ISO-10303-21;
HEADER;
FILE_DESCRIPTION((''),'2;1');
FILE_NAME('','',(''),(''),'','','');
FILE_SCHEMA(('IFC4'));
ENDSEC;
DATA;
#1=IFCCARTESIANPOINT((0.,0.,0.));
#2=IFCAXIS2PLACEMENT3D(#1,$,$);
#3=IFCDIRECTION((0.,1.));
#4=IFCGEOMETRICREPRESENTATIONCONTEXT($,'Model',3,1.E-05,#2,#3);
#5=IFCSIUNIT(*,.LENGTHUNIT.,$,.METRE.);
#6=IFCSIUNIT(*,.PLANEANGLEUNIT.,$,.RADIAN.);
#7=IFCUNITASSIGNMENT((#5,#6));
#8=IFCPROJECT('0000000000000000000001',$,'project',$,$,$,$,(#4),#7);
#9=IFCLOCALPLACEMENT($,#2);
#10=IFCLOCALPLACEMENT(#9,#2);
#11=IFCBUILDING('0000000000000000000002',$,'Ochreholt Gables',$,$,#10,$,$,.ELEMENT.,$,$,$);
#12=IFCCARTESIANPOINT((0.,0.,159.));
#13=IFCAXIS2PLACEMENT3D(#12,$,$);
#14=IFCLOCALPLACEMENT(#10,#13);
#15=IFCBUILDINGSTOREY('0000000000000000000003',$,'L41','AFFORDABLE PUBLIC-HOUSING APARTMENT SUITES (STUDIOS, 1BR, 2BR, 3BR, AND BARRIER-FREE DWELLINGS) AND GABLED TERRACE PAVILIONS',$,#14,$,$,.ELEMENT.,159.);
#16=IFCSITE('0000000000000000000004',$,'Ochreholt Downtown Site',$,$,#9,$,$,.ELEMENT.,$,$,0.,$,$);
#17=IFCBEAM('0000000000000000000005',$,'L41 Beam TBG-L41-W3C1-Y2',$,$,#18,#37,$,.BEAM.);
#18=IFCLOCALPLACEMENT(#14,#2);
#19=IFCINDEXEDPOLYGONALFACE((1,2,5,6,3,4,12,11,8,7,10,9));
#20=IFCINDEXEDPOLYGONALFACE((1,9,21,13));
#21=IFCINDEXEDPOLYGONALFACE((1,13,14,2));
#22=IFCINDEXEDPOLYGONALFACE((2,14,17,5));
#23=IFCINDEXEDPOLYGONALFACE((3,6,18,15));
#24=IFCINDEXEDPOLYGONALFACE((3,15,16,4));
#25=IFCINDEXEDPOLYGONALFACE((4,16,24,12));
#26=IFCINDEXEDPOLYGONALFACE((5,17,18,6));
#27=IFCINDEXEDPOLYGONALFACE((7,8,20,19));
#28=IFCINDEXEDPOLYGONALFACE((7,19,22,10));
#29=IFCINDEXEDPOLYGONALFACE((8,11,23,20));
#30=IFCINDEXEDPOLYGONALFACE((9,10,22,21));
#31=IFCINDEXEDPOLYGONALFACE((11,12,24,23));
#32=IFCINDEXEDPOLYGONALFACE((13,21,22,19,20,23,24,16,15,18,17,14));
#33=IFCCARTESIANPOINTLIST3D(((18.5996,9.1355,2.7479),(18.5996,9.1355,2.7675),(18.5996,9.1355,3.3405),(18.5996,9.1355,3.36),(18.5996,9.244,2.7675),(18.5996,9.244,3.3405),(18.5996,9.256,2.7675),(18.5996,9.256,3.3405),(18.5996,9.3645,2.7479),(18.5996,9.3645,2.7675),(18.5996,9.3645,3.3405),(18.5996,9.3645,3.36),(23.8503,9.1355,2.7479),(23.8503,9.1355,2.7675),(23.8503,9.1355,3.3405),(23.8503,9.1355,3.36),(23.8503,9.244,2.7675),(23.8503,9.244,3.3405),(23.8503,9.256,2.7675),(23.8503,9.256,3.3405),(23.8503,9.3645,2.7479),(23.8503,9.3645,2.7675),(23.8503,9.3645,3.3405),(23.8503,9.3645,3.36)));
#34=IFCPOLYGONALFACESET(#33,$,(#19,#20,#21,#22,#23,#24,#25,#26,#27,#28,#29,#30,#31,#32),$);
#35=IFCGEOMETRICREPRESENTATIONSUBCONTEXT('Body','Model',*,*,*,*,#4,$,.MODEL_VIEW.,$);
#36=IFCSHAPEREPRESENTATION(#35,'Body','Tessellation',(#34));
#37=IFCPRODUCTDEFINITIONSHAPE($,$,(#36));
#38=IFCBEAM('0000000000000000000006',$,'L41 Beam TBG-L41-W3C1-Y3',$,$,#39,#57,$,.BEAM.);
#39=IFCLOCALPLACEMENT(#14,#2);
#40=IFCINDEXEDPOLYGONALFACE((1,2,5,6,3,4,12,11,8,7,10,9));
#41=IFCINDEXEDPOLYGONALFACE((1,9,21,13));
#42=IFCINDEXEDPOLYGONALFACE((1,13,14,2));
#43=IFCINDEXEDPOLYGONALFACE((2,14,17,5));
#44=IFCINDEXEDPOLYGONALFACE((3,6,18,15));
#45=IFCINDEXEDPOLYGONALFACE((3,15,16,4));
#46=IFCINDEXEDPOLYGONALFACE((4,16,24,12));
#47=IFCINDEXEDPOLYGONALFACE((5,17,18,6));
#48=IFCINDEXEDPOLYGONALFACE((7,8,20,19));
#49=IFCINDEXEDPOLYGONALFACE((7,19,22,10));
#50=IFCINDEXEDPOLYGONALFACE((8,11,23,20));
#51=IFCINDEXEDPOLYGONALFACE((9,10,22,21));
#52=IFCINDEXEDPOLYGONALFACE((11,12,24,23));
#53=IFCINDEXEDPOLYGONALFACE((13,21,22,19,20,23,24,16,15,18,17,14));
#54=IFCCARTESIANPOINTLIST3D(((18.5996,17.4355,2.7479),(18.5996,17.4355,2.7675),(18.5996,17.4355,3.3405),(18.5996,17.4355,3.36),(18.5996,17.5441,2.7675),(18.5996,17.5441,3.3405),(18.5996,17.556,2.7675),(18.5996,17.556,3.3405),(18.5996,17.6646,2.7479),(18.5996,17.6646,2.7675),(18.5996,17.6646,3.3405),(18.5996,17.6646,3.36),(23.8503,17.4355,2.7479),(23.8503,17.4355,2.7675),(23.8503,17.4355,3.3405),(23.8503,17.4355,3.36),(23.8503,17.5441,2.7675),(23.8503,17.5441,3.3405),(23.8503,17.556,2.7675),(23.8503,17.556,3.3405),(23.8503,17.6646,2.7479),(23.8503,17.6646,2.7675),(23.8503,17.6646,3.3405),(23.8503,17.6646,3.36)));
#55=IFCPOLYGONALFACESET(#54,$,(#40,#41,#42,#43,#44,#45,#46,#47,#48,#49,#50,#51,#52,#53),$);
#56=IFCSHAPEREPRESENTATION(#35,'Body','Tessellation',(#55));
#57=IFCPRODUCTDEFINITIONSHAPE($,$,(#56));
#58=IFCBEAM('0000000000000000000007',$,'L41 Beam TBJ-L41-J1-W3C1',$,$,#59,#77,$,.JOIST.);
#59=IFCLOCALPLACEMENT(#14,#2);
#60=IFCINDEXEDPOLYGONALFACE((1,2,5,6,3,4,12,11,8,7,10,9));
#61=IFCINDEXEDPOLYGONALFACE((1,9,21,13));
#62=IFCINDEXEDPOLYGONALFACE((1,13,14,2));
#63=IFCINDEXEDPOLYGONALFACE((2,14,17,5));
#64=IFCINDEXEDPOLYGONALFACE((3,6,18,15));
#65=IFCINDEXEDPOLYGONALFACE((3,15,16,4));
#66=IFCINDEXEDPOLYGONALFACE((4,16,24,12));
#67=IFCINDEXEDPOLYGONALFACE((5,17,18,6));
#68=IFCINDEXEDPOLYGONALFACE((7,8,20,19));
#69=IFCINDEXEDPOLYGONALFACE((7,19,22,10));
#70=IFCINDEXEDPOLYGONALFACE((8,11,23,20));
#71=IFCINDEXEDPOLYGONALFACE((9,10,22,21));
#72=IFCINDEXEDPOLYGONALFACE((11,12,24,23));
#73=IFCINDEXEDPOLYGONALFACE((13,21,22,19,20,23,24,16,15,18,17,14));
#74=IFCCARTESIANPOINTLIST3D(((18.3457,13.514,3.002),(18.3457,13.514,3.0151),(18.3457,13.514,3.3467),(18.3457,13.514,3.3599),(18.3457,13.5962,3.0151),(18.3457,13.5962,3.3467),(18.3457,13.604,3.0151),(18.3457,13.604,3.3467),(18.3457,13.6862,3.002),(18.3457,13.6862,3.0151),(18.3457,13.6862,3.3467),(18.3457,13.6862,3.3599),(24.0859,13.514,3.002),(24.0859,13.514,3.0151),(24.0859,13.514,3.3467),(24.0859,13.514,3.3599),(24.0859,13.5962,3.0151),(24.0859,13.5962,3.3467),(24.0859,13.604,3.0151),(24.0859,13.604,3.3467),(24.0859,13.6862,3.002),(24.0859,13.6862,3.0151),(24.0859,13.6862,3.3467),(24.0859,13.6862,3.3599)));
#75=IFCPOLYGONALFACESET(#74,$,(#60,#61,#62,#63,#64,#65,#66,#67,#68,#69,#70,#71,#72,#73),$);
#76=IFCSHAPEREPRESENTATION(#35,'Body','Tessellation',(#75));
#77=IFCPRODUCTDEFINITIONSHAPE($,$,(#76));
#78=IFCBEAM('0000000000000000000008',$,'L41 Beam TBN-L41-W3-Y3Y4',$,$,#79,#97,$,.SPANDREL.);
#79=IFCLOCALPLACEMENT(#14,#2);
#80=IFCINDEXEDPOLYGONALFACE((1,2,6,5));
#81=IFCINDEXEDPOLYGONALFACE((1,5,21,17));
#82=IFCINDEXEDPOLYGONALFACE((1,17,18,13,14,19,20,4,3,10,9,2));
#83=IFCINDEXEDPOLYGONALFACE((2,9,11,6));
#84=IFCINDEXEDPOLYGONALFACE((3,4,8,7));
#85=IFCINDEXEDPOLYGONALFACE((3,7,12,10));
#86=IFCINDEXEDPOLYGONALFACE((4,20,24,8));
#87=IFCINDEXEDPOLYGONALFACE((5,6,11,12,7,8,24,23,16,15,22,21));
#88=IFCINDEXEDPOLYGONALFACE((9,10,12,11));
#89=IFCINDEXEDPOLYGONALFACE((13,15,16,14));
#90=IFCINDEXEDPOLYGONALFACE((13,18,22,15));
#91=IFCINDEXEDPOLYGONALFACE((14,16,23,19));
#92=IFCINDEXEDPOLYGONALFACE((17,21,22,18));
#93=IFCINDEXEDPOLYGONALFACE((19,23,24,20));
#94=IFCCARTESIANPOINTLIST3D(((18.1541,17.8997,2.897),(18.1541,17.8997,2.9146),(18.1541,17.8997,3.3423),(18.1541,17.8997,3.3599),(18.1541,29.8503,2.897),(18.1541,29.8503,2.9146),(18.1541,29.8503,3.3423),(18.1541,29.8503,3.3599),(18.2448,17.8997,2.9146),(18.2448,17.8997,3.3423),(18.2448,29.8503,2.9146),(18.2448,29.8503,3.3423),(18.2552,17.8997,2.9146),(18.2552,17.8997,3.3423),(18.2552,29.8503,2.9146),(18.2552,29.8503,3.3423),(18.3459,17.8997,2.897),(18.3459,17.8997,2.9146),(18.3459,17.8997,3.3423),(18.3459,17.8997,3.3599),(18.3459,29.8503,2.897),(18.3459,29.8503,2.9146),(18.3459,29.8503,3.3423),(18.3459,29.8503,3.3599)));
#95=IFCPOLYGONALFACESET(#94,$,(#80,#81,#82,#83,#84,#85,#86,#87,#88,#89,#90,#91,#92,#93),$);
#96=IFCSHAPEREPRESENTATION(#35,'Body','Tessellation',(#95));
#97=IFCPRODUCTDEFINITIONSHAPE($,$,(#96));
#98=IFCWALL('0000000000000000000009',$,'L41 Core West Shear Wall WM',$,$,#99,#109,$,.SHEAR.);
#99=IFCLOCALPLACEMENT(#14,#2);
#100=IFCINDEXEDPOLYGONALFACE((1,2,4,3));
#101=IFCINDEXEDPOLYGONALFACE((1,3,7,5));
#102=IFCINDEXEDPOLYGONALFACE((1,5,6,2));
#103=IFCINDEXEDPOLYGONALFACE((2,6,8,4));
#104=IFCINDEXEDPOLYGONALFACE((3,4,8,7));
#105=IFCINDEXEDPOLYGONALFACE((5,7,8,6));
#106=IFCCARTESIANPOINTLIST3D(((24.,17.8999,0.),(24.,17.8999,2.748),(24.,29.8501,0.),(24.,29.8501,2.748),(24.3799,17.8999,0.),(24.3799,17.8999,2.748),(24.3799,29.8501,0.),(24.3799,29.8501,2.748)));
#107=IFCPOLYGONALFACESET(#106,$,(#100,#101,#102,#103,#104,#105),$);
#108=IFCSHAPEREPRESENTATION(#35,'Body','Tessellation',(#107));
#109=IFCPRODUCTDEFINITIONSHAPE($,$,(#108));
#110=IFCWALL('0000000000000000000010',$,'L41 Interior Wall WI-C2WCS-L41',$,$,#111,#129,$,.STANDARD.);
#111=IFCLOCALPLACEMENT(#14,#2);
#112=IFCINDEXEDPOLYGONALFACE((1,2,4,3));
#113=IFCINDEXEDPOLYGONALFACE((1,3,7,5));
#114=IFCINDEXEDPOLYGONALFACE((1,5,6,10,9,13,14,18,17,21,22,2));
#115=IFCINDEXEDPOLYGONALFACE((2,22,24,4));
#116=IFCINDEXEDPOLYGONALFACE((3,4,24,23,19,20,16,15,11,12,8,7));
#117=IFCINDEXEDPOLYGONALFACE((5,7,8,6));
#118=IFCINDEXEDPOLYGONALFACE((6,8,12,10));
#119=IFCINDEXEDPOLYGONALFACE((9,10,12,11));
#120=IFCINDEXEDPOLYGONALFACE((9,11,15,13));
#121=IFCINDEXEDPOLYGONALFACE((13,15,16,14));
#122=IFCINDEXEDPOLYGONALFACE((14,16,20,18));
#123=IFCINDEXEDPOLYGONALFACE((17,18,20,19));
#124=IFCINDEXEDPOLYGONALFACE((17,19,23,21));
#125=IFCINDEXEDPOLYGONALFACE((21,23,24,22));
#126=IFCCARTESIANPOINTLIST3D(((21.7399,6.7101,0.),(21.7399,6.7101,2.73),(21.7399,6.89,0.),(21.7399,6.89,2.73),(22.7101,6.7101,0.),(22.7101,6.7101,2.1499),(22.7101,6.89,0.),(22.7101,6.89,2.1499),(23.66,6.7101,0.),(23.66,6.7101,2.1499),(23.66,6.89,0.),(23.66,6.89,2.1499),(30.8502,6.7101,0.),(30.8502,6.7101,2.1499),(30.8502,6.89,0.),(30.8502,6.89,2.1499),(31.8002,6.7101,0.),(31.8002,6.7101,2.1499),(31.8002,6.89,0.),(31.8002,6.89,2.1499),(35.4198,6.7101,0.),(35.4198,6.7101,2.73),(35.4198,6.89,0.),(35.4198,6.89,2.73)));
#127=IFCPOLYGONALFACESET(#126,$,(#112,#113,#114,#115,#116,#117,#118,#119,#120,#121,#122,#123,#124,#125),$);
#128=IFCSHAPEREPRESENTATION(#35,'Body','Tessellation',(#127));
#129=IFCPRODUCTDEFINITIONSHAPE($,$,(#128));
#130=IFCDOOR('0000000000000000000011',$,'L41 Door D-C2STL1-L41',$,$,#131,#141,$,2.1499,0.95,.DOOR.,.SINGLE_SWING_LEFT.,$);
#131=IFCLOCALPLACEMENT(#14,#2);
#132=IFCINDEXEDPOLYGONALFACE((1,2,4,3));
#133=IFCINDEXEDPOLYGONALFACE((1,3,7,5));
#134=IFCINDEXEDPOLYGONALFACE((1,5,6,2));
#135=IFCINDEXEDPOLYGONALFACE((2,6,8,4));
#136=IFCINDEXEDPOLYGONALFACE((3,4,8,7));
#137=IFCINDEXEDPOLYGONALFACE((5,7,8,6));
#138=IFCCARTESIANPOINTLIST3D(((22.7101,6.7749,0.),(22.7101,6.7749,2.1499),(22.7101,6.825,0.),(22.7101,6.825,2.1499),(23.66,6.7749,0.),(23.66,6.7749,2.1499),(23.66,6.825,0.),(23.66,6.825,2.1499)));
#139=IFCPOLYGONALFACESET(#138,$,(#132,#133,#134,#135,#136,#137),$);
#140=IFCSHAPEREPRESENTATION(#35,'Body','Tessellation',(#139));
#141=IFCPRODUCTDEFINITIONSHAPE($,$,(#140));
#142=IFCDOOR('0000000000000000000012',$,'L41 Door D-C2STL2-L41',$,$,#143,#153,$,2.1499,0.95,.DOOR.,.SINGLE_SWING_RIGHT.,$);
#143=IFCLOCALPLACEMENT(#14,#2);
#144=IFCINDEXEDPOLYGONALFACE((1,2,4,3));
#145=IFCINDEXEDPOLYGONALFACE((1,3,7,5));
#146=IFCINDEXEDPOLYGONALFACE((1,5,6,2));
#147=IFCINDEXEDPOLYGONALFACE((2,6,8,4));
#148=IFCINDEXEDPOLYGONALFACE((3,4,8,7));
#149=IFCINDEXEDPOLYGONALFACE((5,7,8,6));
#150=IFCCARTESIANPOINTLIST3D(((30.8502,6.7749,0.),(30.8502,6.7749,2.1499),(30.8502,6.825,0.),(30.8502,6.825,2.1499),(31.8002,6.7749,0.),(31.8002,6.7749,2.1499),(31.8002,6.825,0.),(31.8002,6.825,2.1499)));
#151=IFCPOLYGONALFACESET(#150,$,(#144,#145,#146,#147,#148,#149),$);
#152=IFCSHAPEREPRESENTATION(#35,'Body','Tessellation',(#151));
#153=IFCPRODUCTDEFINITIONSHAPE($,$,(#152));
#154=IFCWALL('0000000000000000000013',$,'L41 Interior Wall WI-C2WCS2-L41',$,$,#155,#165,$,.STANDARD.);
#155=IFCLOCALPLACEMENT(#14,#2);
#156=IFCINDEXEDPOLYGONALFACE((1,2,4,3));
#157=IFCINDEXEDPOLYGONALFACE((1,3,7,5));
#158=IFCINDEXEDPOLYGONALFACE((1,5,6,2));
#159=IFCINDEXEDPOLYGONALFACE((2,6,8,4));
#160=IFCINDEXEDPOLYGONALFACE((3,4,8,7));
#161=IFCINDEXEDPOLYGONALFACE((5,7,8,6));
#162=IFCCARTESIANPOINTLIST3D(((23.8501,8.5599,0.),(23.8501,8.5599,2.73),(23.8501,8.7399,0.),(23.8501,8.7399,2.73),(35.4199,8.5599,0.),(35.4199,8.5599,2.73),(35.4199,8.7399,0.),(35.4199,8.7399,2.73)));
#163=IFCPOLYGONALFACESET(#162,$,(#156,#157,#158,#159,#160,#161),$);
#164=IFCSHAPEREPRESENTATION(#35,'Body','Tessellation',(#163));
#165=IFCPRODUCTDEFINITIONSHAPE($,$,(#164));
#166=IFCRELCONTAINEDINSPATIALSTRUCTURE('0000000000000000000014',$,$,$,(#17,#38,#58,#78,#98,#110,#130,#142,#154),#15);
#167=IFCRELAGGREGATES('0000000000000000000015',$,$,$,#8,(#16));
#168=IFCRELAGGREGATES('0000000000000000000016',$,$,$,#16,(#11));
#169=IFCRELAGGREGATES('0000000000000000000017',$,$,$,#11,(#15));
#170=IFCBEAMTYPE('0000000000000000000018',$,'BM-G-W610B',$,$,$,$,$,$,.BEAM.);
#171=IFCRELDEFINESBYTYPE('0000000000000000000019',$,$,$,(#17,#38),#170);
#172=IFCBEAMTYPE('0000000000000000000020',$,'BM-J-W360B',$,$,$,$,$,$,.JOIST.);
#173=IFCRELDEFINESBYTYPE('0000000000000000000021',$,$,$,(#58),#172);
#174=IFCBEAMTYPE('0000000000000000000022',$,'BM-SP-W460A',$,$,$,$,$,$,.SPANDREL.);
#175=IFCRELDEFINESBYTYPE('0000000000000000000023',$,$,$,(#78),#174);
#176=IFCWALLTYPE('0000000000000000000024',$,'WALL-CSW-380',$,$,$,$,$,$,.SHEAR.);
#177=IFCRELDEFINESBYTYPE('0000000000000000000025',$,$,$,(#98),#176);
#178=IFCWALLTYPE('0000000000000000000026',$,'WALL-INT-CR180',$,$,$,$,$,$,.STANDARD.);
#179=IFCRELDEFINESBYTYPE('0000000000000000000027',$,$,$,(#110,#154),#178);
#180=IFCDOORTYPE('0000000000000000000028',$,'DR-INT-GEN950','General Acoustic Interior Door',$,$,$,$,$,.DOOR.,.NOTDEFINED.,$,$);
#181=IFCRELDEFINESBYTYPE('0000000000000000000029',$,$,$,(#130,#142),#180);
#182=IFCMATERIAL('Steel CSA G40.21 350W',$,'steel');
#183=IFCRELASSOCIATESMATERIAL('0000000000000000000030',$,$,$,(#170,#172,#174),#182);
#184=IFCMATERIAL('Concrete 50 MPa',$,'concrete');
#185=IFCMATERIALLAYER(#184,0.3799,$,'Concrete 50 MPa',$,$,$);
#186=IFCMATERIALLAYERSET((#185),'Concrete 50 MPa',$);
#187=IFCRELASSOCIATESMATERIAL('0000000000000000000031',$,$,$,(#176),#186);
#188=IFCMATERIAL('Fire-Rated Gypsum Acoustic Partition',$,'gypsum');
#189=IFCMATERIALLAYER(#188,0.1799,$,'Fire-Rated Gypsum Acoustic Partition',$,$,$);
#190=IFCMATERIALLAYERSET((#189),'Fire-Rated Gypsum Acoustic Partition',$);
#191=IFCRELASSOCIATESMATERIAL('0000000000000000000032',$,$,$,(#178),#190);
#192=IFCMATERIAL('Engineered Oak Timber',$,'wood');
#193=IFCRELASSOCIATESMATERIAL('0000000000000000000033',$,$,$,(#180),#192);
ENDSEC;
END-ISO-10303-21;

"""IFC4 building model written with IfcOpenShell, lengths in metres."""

from ifc_helpers import new_model, si_unit, direction, frame, frame_2d, origin, origin_2d, place, context, subcontext, project, spatial, rectangle, i_section, extrude, material, layer, layer_set, material_profile, profile_set, type_object, element, fill, save


model = new_model("IFC4")

# Units and contexts
model_context = context("Model", 3, precision=1e-05, world=origin(), true_north=direction((0.0, 1.0)))
body_context = subcontext(model_context, "Body", "Model", "MODEL_VIEW")
ifc_project = project(units=[si_unit("LENGTHUNIT", "METRE"), si_unit("PLANEANGLEUNIT", "RADIAN")], contexts=[model_context])

# Site, building, storey
site_placement = place(None, origin())
site = spatial("IfcSite", under=ifc_project, at=site_placement, Name="Ochreholt Downtown Site", CompositionType="ELEMENT", RefElevation=0.0)
building_placement = place(site_placement, origin())
building = spatial("IfcBuilding", under=site, at=building_placement, Name="Ochreholt Gables", CompositionType="ELEMENT")
storey_placement = place(building_placement, frame((0.0, 0.0, 159.0)))
storey = spatial("IfcBuildingStorey", under=building, at=storey_placement, Name="L41", Description="AFFORDABLE PUBLIC-HOUSING APARTMENT SUITES (STUDIOS, 1BR, 2BR, 3BR, AND BARRIER-FREE DWELLINGS) AND GABLED TERRACE PAVILIONS", CompositionType="ELEMENT", Elevation=159.0)

# Beams
ifc_material_1 = material(Name="Steel CSA G40.21 350W", Category="steel")
ifc_material_profile_1 = material_profile(ifc_material_1, i_section(OverallWidth=0.229, OverallDepth=0.6121, WebThickness=0.012, FlangeThickness=0.0195, at=origin_2d()), Name="W610X125")
ifc_profile_set_1 = profile_set([ifc_material_profile_1], Name="Steel CSA G40.21 350W")
beam_type_1 = type_object("IfcBeamType", Name="BM-G-W610B", PredefinedType="BEAM", material=ifc_profile_set_1)
for number, where, z_axis, x_axis, name in (
    (1, (18.5996, 9.25, 3.054), (1.0, 0.0, 0.0), (0.0, 1.0, 0.0), "L41 Beam TBG-L41-W3C1-Y2"),
    (2, (18.5996, 17.55, 3.054), (1.0, 0.0, 0.0), (0.0, 1.0, 0.0), "L41 Beam TBG-L41-W3C1-Y3"),
):
    element("IfcBeam", number, at=place(storey_placement, frame(where, z_axis=z_axis, x_axis=x_axis)), inside=storey, type_object=beam_type_1, Name=name, PredefinedType="BEAM", context=body_context, shape_type="SweptSolid", body=[
        extrude(i_section(OverallWidth=0.229, OverallDepth=0.6121, WebThickness=0.012, FlangeThickness=0.0195, at=origin_2d()), origin(), (0.0, 0.0, 1.0), 5.2507),
    ])
ifc_material_profile_2 = material_profile(ifc_material_1, i_section(OverallWidth=0.1721, OverallDepth=0.3579, WebThickness=0.0078, FlangeThickness=0.0132, at=origin_2d()), Name="W360X57")
ifc_profile_set_2 = profile_set([ifc_material_profile_2], Name="Steel CSA G40.21 350W")
beam_type_2 = type_object("IfcBeamType", Name="BM-J-W360B", PredefinedType="JOIST", material=ifc_profile_set_2)
beam_1_placement = place(storey_placement, frame((18.3457, 13.6001, 3.1809), z_axis=(1.0, 0.0, 0.0), x_axis=(0.0, 1.0, 0.0)))
element("IfcBeam", 3, at=beam_1_placement, inside=storey, type_object=beam_type_2, Name="L41 Beam TBJ-L41-J1-W3C1", PredefinedType="JOIST", context=body_context, shape_type="SweptSolid", body=[
    extrude(i_section(OverallWidth=0.1721, OverallDepth=0.3579, WebThickness=0.0078, FlangeThickness=0.0132, at=origin_2d()), origin(), (0.0, 0.0, 1.0), 5.7402),
])
ifc_material_profile_3 = material_profile(ifc_material_1, i_section(OverallWidth=0.1919, OverallDepth=0.4629, WebThickness=0.0105, FlangeThickness=0.0176, at=origin_2d()), Name="W460X89")
ifc_profile_set_3 = profile_set([ifc_material_profile_3], Name="Steel CSA G40.21 350W")
beam_type_3 = type_object("IfcBeamType", Name="BM-SP-W460A", PredefinedType="SPANDREL", material=ifc_profile_set_3)
beam_2_placement = place(storey_placement, frame((18.25, 17.8997, 3.1284), z_axis=(0.0, 1.0, 0.0), x_axis=(-1.0, 0.0, 0.0)))
element("IfcBeam", 4, at=beam_2_placement, inside=storey, type_object=beam_type_3, Name="L41 Beam TBN-L41-W3-Y3Y4", PredefinedType="SPANDREL", context=body_context, shape_type="SweptSolid", body=[
    extrude(i_section(OverallWidth=0.1919, OverallDepth=0.4629, WebThickness=0.0105, FlangeThickness=0.0176, at=origin_2d()), origin(), (0.0, 0.0, 1.0), 11.9507),
])

# Wall
ifc_material_2 = material(Name="Concrete 50 MPa", Category="concrete")
ifc_layer_1 = layer(ifc_material_2, 0.3799, Name="Concrete 50 MPa")
ifc_layer_set_1 = layer_set([ifc_layer_1], Name="Concrete 50 MPa")
wall_type_1 = type_object("IfcWallType", Name="WALL-CSW-380", PredefinedType="SHEAR", material=ifc_layer_set_1)
wall_1_placement = place(storey_placement, frame((24.1899, 17.8999, 0.0), z_axis=(0.0, 0.0, 1.0), x_axis=(0.0, 1.0, 0.0)))
element("IfcWall", 5, at=wall_1_placement, inside=storey, type_object=wall_type_1, Name="L41 Core West Shear Wall WM", PredefinedType="SHEAR", context=body_context, shape_type="SweptSolid", body=[
    extrude(rectangle(XDim=11.9502, YDim=0.3799, at=frame_2d((5.9751, 0.0))), origin(), (0.0, 0.0, 1.0), 2.748),
])

# Wall, openings, doors
ifc_material_3 = material(Name="Fire-Rated Gypsum Acoustic Partition", Category="gypsum")
ifc_layer_2 = layer(ifc_material_3, 0.1799, Name="Fire-Rated Gypsum Acoustic Partition")
ifc_layer_set_2 = layer_set([ifc_layer_2], Name="Fire-Rated Gypsum Acoustic Partition")
wall_type_2 = type_object("IfcWallType", Name="WALL-INT-CR180", PredefinedType="STANDARD", material=ifc_layer_set_2)
wall_2_placement = place(storey_placement, frame((21.74, 6.8, 0.0), z_axis=(0.0, 0.0, 1.0), x_axis=(1.0, 0.0, 0.0)))
wall_2 = element("IfcWall", 6, at=wall_2_placement, inside=storey, type_object=wall_type_2, Name="L41 Interior Wall WI-C2WCS-L41", PredefinedType="STANDARD", context=body_context, shape_type="SweptSolid", body=[
    extrude(rectangle(XDim=13.6799, YDim=0.1799, at=frame_2d((6.8398, 0.0))), origin(), (0.0, 0.0, 1.0), 2.73),
])
opening_1_placement = place(wall_2_placement, frame((0.97, 0.0, 0.0)))
opening_1 = element("IfcOpeningElement", 7, at=opening_1_placement, cuts=wall_2, PredefinedType="OPENING", context=body_context, shape_type="SweptSolid", body=[
    extrude(rectangle(XDim=0.95, YDim=2.1499, at=frame_2d((0.4751, 1.075))), frame((0.0, 0.0999, 0.0), z_axis=(0.0, -1.0, 0.0), x_axis=(1.0, 0.0, 0.0)), (0.0, 0.0, 1.0), 0.2),
])
opening_2_placement = place(wall_2_placement, frame((9.1101, 0.0, 0.0)))
opening_2 = element("IfcOpeningElement", 8, at=opening_2_placement, cuts=wall_2, PredefinedType="OPENING", context=body_context, shape_type="SweptSolid", body=[
    extrude(rectangle(XDim=0.95, YDim=2.1499, at=frame_2d((0.4751, 1.075))), frame((0.0, 0.0999, 0.0), z_axis=(0.0, -1.0, 0.0), x_axis=(1.0, 0.0, 0.0)), (0.0, 0.0, 1.0), 0.2),
])
ifc_material_4 = material(Name="Engineered Oak Timber", Category="wood")
door_type = type_object("IfcDoorType", Name="DR-INT-GEN950", Description="General Acoustic Interior Door", OperationType="NOTDEFINED", PredefinedType="DOOR", material=ifc_material_4)
door_1_placement = place(opening_1_placement, origin())
door_1 = element("IfcDoor", 9, at=door_1_placement, inside=storey, type_object=door_type, Name="L41 Door D-C2STL1-L41", OperationType="SINGLE_SWING_LEFT", OverallHeight=2.1499, OverallWidth=0.95, PredefinedType="DOOR", context=body_context, shape_type="SweptSolid", body=[
    extrude(rectangle(XDim=0.95, YDim=2.1499, at=frame_2d((0.4751, 1.075))), frame((0.0, 0.0249, 0.0), z_axis=(0.0, -1.0, 0.0), x_axis=(1.0, 0.0, 0.0)), (0.0, 0.0, 1.0), 0.05),
])
fill(opening_1, door_1)
door_2_placement = place(opening_2_placement, origin())
door_2 = element("IfcDoor", 10, at=door_2_placement, inside=storey, type_object=door_type, Name="L41 Door D-C2STL2-L41", OperationType="SINGLE_SWING_RIGHT", OverallHeight=2.1499, OverallWidth=0.95, PredefinedType="DOOR", context=body_context, shape_type="SweptSolid", body=[
    extrude(rectangle(XDim=0.95, YDim=2.1499, at=frame_2d((0.4751, 1.075))), frame((0.0, 0.0249, 0.0), z_axis=(0.0, -1.0, 0.0), x_axis=(1.0, 0.0, 0.0)), (0.0, 0.0, 1.0), 0.05),
])
fill(opening_2, door_2)

# Wall
wall_3_placement = place(storey_placement, frame((23.8501, 8.6499, 0.0), z_axis=(0.0, 0.0, 1.0), x_axis=(1.0, 0.0, 0.0)))
element("IfcWall", 11, at=wall_3_placement, inside=storey, type_object=wall_type_2, Name="L41 Interior Wall WI-C2WCS2-L41", PredefinedType="STANDARD", context=body_context, shape_type="SweptSolid", body=[
    extrude(rectangle(XDim=11.5698, YDim=0.1799, at=frame_2d((5.7849, 0.0))), origin(), (0.0, 0.0, 1.0), 2.73),
])

save(model, "model.ifc")
